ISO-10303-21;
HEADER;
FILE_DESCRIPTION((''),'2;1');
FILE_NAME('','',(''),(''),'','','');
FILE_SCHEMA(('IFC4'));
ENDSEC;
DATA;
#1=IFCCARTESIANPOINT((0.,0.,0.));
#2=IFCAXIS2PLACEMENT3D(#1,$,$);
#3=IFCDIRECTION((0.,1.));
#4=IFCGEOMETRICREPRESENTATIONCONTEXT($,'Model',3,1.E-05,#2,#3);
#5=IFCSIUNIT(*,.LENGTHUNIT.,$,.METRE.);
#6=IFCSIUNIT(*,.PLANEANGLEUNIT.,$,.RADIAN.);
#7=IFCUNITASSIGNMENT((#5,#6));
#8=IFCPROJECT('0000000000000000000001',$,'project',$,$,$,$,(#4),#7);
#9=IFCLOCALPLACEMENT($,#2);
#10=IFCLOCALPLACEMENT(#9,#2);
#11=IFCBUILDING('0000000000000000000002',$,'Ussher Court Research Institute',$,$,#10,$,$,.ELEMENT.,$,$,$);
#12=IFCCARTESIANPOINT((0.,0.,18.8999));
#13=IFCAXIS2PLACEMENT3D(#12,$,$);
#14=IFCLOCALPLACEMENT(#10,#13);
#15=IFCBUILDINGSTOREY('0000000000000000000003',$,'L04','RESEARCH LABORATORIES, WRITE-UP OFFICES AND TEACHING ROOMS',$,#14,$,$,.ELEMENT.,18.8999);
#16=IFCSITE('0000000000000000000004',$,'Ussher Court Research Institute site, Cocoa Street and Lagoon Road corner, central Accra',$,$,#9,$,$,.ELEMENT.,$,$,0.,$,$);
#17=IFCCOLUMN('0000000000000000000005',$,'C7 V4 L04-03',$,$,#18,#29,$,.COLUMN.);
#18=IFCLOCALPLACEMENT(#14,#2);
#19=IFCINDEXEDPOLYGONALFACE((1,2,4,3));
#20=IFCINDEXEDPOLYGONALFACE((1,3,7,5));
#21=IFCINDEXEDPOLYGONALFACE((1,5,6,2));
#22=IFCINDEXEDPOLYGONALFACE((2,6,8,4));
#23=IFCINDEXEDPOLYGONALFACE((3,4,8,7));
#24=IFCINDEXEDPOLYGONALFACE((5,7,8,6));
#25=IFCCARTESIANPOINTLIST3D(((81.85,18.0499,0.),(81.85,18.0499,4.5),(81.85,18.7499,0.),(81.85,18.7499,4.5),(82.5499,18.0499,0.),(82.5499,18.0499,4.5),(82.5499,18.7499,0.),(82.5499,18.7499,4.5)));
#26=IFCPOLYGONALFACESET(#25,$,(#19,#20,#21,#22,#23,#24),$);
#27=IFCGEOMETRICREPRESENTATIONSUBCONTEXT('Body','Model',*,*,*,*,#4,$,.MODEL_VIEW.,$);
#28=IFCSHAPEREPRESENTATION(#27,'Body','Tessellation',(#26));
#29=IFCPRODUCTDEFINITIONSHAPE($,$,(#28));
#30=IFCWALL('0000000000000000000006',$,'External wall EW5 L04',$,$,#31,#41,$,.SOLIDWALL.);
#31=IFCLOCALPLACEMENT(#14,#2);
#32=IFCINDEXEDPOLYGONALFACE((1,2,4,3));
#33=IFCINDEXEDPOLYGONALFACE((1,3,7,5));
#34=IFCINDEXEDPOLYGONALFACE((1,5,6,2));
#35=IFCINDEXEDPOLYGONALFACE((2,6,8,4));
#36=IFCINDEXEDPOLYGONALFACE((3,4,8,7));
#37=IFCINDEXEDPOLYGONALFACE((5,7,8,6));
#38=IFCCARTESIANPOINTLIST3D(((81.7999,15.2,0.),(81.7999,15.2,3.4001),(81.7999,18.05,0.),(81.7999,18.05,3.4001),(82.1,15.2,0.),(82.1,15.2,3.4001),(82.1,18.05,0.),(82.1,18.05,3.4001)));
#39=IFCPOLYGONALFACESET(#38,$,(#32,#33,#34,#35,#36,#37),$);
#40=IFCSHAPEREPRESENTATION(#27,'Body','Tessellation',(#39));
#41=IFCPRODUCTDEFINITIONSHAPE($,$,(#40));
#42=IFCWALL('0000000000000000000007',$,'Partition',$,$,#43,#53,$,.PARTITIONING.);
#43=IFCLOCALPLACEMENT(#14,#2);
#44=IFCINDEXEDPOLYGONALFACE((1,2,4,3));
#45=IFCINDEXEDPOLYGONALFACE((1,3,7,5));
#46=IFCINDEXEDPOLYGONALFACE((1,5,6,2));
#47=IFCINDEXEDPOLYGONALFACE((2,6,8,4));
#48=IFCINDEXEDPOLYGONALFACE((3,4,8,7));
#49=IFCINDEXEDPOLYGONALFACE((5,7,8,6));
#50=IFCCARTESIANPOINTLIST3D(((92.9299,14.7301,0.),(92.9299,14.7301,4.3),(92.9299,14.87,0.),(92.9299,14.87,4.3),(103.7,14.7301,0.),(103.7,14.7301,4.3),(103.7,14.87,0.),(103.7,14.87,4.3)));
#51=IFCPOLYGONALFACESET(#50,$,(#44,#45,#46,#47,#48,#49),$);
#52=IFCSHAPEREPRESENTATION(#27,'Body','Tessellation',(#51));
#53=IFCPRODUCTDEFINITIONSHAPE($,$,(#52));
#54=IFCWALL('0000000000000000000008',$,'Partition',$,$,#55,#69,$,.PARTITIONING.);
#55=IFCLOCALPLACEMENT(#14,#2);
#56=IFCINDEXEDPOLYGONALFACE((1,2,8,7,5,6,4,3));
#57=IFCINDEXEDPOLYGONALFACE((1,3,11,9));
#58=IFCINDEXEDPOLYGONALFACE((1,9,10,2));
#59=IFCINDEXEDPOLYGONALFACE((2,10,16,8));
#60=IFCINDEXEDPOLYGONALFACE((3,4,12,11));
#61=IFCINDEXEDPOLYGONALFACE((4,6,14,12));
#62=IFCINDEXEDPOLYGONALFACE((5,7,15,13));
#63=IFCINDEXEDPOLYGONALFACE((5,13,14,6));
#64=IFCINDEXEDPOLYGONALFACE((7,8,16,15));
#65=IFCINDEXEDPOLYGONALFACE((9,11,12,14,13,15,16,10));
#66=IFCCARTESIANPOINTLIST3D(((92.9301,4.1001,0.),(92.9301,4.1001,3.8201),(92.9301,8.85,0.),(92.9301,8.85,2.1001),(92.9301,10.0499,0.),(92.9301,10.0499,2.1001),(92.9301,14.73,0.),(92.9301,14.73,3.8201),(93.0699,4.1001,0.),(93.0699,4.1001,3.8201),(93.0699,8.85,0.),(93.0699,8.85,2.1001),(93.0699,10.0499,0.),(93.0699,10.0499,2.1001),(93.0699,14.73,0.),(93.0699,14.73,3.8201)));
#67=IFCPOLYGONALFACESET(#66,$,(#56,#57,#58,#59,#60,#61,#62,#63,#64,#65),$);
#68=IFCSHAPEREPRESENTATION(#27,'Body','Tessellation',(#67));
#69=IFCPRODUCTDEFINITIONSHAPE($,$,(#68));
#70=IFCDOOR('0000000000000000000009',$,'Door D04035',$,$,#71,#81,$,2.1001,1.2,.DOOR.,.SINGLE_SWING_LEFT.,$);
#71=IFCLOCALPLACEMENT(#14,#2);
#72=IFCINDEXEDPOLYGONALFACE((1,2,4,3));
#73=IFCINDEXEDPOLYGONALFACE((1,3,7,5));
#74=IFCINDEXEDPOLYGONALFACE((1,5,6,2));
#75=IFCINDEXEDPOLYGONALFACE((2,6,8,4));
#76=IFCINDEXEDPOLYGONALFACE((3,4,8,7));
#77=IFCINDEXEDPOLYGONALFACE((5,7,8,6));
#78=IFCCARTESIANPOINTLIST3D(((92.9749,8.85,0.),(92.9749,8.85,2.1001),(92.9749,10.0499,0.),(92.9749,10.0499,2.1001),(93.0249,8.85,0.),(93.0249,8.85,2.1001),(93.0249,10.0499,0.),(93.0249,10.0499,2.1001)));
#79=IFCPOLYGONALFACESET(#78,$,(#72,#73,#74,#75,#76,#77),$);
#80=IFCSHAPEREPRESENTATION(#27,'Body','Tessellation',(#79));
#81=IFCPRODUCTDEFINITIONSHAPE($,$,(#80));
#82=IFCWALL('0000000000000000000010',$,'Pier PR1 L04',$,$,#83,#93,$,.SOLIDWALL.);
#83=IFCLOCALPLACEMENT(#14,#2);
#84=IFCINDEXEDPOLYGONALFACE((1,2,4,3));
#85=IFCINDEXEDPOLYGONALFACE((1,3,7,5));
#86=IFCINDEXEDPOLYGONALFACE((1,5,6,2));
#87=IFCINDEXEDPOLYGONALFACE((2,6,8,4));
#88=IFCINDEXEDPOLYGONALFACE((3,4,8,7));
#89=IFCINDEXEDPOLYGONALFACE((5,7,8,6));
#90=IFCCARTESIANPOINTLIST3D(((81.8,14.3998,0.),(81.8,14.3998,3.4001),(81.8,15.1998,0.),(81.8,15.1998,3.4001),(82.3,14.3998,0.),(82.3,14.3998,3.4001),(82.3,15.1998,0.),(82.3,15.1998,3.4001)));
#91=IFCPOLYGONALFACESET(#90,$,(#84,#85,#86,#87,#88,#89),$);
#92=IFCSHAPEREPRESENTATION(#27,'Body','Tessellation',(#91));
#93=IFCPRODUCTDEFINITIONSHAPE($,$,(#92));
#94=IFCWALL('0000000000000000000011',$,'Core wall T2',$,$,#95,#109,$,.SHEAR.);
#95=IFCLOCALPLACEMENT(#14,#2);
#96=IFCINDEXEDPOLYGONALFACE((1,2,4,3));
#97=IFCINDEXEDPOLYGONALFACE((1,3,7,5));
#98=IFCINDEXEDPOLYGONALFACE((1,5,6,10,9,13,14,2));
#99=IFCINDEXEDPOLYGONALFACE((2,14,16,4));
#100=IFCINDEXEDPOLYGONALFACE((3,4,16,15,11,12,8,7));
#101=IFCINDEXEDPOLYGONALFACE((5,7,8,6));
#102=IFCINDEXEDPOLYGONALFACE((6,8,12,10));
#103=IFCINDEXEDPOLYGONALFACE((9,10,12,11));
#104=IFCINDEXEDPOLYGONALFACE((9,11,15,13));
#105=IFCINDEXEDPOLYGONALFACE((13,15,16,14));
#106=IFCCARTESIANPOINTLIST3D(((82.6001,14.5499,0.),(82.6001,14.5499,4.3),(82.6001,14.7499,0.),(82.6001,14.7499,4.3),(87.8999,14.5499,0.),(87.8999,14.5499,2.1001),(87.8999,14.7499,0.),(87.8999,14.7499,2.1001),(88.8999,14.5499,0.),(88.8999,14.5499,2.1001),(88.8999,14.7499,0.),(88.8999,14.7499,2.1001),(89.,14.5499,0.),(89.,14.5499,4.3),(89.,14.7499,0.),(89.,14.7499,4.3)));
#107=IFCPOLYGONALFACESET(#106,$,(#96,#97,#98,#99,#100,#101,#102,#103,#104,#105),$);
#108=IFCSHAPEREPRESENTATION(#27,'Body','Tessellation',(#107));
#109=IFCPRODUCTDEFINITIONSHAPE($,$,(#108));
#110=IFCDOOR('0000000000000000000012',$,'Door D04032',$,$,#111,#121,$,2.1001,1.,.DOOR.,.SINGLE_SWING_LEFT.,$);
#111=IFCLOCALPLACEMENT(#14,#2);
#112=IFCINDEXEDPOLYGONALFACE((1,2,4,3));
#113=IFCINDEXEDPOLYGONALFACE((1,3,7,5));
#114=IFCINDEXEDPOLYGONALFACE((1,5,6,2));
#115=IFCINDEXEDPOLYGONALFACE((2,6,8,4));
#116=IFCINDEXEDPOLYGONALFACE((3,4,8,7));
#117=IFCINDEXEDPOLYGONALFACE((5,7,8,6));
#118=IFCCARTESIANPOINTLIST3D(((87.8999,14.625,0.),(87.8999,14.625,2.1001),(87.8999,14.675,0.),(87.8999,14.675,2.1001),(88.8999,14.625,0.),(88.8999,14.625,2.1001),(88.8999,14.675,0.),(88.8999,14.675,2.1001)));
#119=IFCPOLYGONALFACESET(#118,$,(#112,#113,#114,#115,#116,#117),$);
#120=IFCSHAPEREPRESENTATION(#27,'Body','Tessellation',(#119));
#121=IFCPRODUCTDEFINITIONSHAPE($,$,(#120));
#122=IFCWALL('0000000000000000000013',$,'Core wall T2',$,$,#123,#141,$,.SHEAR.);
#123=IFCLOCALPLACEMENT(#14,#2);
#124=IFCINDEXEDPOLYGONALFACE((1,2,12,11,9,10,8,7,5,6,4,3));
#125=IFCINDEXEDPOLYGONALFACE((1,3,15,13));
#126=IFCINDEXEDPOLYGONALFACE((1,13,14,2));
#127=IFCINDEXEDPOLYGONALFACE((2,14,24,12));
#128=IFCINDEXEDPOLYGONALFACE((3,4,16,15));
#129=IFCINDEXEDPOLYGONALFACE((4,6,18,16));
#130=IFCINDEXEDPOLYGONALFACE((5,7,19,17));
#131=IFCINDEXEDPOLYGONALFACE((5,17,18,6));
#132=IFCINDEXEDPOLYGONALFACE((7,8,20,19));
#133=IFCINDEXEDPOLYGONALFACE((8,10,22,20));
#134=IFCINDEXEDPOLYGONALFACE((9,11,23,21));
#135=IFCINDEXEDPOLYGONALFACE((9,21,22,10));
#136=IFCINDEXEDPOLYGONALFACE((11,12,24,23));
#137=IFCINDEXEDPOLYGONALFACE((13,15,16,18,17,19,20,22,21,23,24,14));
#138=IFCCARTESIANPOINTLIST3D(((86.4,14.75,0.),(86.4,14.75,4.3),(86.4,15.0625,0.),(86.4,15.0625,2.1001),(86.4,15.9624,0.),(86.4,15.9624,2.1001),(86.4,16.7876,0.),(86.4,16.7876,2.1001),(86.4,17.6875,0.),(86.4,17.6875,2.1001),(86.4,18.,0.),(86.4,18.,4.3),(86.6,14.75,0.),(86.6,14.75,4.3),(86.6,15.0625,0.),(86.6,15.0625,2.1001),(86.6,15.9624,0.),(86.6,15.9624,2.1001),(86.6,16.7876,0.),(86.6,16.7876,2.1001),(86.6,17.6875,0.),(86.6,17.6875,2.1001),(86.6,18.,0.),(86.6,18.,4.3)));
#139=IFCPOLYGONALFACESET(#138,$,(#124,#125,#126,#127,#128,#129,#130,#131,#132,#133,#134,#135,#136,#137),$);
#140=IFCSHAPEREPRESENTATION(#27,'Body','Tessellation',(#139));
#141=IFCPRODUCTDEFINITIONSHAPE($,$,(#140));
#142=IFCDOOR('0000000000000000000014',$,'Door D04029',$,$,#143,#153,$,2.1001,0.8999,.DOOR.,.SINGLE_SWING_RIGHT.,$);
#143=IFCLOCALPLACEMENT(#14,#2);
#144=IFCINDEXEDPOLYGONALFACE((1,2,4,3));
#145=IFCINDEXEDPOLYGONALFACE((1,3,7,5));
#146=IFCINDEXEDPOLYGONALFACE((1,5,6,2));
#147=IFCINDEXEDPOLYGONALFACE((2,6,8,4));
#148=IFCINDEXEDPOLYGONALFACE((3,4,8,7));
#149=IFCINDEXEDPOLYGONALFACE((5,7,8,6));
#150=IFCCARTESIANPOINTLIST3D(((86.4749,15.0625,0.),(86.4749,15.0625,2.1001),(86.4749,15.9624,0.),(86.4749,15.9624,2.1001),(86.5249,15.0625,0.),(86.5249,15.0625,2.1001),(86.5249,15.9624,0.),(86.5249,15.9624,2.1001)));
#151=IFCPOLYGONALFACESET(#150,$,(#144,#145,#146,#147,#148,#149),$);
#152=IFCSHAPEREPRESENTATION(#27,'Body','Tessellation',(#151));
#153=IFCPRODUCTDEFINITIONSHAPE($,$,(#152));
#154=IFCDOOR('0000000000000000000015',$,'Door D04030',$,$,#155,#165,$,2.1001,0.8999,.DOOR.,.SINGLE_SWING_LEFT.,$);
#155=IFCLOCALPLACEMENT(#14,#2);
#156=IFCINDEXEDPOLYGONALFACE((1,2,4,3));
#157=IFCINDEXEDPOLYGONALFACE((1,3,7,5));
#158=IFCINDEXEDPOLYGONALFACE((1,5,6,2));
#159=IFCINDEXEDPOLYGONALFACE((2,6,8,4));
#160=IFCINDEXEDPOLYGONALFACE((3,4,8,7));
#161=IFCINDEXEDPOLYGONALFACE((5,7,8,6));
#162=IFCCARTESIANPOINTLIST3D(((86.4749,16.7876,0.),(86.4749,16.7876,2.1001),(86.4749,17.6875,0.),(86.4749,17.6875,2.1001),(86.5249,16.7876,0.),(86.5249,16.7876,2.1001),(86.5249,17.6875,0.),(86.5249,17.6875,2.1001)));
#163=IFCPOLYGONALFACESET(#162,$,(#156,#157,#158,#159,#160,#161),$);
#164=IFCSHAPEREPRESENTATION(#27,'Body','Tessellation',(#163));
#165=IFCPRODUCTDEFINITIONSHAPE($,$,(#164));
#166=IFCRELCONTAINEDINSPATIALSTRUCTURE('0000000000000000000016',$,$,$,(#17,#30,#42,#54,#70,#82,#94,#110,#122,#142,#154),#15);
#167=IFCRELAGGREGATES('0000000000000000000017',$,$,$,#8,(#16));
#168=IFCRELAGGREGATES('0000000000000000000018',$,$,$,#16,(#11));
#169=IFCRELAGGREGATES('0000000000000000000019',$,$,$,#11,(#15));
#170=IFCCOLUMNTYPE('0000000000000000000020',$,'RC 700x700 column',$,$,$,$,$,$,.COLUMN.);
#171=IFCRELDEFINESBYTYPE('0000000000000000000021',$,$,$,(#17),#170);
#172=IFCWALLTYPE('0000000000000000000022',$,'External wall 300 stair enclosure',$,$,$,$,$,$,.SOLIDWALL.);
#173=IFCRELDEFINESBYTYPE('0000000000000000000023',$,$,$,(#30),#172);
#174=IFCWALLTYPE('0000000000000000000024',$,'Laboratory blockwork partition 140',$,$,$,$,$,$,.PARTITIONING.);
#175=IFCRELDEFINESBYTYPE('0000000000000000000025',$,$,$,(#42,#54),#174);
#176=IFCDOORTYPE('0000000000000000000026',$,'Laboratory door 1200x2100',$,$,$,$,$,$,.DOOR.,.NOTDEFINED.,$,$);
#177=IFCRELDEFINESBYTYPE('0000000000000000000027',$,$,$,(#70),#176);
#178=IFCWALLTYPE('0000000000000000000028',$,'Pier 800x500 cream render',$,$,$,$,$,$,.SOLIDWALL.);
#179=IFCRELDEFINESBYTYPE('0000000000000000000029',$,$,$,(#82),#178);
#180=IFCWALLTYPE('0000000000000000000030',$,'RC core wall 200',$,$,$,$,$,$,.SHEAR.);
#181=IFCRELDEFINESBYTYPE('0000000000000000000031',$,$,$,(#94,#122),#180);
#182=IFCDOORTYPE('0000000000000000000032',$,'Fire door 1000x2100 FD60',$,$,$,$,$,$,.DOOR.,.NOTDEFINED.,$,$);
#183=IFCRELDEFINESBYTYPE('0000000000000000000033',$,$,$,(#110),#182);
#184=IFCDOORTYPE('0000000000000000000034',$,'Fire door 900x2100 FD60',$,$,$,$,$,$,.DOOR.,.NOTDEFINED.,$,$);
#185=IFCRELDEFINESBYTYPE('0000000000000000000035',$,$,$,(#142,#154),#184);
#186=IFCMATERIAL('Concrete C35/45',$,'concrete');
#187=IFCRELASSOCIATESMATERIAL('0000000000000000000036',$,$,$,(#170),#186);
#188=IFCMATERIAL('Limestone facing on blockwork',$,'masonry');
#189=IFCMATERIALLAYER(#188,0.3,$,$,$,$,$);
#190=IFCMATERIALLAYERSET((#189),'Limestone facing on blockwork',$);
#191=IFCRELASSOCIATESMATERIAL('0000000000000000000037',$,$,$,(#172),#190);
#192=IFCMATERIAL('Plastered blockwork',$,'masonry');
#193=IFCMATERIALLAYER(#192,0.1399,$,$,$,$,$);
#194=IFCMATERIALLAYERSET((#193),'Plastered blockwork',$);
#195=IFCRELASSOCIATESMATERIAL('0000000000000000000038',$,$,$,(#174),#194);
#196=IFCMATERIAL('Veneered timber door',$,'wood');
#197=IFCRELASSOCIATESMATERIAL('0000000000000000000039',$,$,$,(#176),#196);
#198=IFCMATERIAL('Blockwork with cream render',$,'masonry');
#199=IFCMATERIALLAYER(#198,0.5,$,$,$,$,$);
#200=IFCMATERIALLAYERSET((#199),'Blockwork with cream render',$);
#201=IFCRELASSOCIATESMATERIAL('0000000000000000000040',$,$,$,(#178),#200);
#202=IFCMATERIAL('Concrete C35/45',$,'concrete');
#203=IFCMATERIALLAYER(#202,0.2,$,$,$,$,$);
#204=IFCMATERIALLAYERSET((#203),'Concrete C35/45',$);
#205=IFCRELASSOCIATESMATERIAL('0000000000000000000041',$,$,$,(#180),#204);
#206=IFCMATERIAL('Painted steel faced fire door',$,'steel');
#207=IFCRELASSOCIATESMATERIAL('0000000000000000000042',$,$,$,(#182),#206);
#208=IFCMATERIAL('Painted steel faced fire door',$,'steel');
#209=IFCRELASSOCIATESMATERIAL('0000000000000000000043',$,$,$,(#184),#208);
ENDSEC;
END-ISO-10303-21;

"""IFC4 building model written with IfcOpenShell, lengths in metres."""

from ifc_helpers import new_model, si_unit, direction, frame, frame_2d, origin, origin_2d, place, context, subcontext, project, spatial, rectangle, extrude, material, layer, layer_set, material_profile, profile_set, type_object, element, fill, save


model = new_model("IFC4")

# Units and contexts
model_context = context("Model", 3, precision=1e-05, world=origin(), true_north=direction((0.0, 1.0)))
body_context = subcontext(model_context, "Body", "Model", "MODEL_VIEW")
ifc_project = project(units=[si_unit("LENGTHUNIT", "METRE"), si_unit("PLANEANGLEUNIT", "RADIAN")], contexts=[model_context])

# Site, building, storey
site_placement = place(None, origin())
site = spatial("IfcSite", under=ifc_project, at=site_placement, Name="Ussher Court Research Institute site, Cocoa Street and Lagoon Road corner, central Accra", CompositionType="ELEMENT", RefElevation=0.0)
building_placement = place(site_placement, origin())
building = spatial("IfcBuilding", under=site, at=building_placement, Name="Ussher Court Research Institute", CompositionType="ELEMENT")
storey_placement = place(building_placement, frame((0.0, 0.0, 18.8999)))
storey = spatial("IfcBuildingStorey", under=building, at=storey_placement, Name="L04", Description="RESEARCH LABORATORIES, WRITE-UP OFFICES AND TEACHING ROOMS", CompositionType="ELEMENT", Elevation=18.8999)

# Column
ifc_material_1 = material(Name="Concrete C35/45", Category="concrete")
ifc_material_profile = material_profile(ifc_material_1, rectangle(XDim=0.7, YDim=0.7, at=origin_2d()), Name="RC 700x700")
ifc_profile_set = profile_set([ifc_material_profile], Name="Concrete C35/45")
column_type = type_object("IfcColumnType", Name="RC 700x700 column", PredefinedType="COLUMN", material=ifc_profile_set)
column_placement = place(storey_placement, frame((82.2, 18.3999, 0.0), z_axis=(0.0, 0.0, 1.0), x_axis=(1.0, 0.0, 0.0)))
element("IfcColumn", 1, at=column_placement, inside=storey, type_object=column_type, Name="C7 V4 L04-03", PredefinedType="COLUMN", context=body_context, shape_type="SweptSolid", body=[
    extrude(rectangle(XDim=0.7, YDim=0.7, at=origin_2d()), origin(), (0.0, 0.0, 1.0), 4.5),
])

# Walls
ifc_material_2 = material(Name="Limestone facing on blockwork", Category="masonry")
ifc_layer_1 = layer(ifc_material_2, 0.3)
ifc_layer_set_1 = layer_set([ifc_layer_1], Name="Limestone facing on blockwork")
wall_type_1 = type_object("IfcWallType", Name="External wall 300 stair enclosure", PredefinedType="SOLIDWALL", material=ifc_layer_set_1)
wall_1_placement = place(storey_placement, frame((81.95, 15.2, 0.0), z_axis=(0.0, 0.0, 1.0), x_axis=(0.0, 1.0, 0.0)))
element("IfcWall", 2, at=wall_1_placement, inside=storey, type_object=wall_type_1, Name="External wall EW5 L04", PredefinedType="SOLIDWALL", context=body_context, shape_type="SweptSolid", body=[
    extrude(rectangle(XDim=2.8501, YDim=0.3, at=frame_2d((1.425, 0.0))), origin(), (0.0, 0.0, 1.0), 3.4001),
])
ifc_material_3 = material(Name="Plastered blockwork", Category="masonry")
ifc_layer_2 = layer(ifc_material_3, 0.1399)
ifc_layer_set_2 = layer_set([ifc_layer_2], Name="Plastered blockwork")
wall_type_2 = type_object("IfcWallType", Name="Laboratory blockwork partition 140", PredefinedType="PARTITIONING", material=ifc_layer_set_2)
wall_2_placement = place(storey_placement, frame((92.9299, 14.8, 0.0), z_axis=(0.0, 0.0, 1.0), x_axis=(1.0, 0.0, 0.0)))
element("IfcWall", 3, at=wall_2_placement, inside=storey, type_object=wall_type_2, Name="Partition", PredefinedType="PARTITIONING", context=body_context, shape_type="SweptSolid", body=[
    extrude(rectangle(XDim=10.77, YDim=0.1399, at=frame_2d((5.385, 0.0))), origin(), (0.0, 0.0, 1.0), 4.3),
])

# Wall, opening, door
wall_3_placement = place(storey_placement, frame((93.0, 14.73, 0.0), z_axis=(0.0, 0.0, 1.0), x_axis=(0.0, -1.0, 0.0)))
wall_3 = element("IfcWall", 4, at=wall_3_placement, inside=storey, type_object=wall_type_2, Name="Partition", PredefinedType="PARTITIONING", context=body_context, shape_type="SweptSolid", body=[
    extrude(rectangle(XDim=10.6299, YDim=0.1399, at=frame_2d((5.3149, 0.0))), origin(), (0.0, 0.0, 1.0), 3.8201),
])
opening_1_placement = place(wall_3_placement, frame((4.6799, 0.0, 0.0)))
opening_1 = element("IfcOpeningElement", 5, at=opening_1_placement, cuts=wall_3, PredefinedType="OPENING", context=body_context, shape_type="SweptSolid", body=[
    extrude(rectangle(XDim=1.2, YDim=2.1001, at=frame_2d((0.6001, 1.05))), frame((0.0, 0.0801, 0.0), z_axis=(0.0, -1.0, 0.0), x_axis=(1.0, 0.0, 0.0)), (0.0, 0.0, 1.0), 0.1599),
])
ifc_material_4 = material(Name="Veneered timber door", Category="wood")
door_type_1 = type_object("IfcDoorType", Name="Laboratory door 1200x2100", OperationType="NOTDEFINED", PredefinedType="DOOR", material=ifc_material_4)
door_1_placement = place(opening_1_placement, origin())
door_1 = element("IfcDoor", 6, at=door_1_placement, inside=storey, type_object=door_type_1, Name="Door D04035", OperationType="SINGLE_SWING_LEFT", OverallHeight=2.1001, OverallWidth=1.2, PredefinedType="DOOR", context=body_context, shape_type="SweptSolid", body=[
    extrude(rectangle(XDim=1.2, YDim=2.1001, at=frame_2d((0.6001, 1.05))), frame((0.0, 0.0249, 0.0), z_axis=(0.0, -1.0, 0.0), x_axis=(1.0, 0.0, 0.0)), (0.0, 0.0, 1.0), 0.05),
])
fill(opening_1, door_1)

# Wall
ifc_material_5 = material(Name="Blockwork with cream render", Category="masonry")
ifc_layer_3 = layer(ifc_material_5, 0.5)
ifc_layer_set_3 = layer_set([ifc_layer_3], Name="Blockwork with cream render")
wall_type_3 = type_object("IfcWallType", Name="Pier 800x500 cream render", PredefinedType="SOLIDWALL", material=ifc_layer_set_3)
wall_4_placement = place(storey_placement, frame((82.05, 14.3999, 0.0), z_axis=(0.0, 0.0, 1.0), x_axis=(0.0, 1.0, 0.0)))
element("IfcWall", 7, at=wall_4_placement, inside=storey, type_object=wall_type_3, Name="Pier PR1 L04", PredefinedType="SOLIDWALL", context=body_context, shape_type="SweptSolid", body=[
    extrude(rectangle(XDim=0.8, YDim=0.5, at=frame_2d((0.3999, 0.0))), origin(), (0.0, 0.0, 1.0), 3.4001),
])

# Wall, opening, door
ifc_material_6 = material(Name="Concrete C35/45", Category="concrete")
ifc_layer_4 = layer(ifc_material_6, 0.2)
ifc_layer_set_4 = layer_set([ifc_layer_4], Name="Concrete C35/45")
wall_type_4 = type_object("IfcWallType", Name="RC core wall 200", PredefinedType="SHEAR", material=ifc_layer_set_4)
wall_5_placement = place(storey_placement, frame((89.0, 14.6499, 0.0), z_axis=(0.0, 0.0, 1.0), x_axis=(-1.0, 0.0, 0.0)))
wall_5 = element("IfcWall", 8, at=wall_5_placement, inside=storey, type_object=wall_type_4, Name="Core wall T2", PredefinedType="SHEAR", context=body_context, shape_type="SweptSolid", body=[
    extrude(rectangle(XDim=6.3999, YDim=0.2, at=frame_2d((3.2, 0.0))), origin(), (0.0, 0.0, 1.0), 4.3),
])
opening_2_placement = place(wall_5_placement, frame((0.1001, 0.0, 0.0)))
opening_2 = element("IfcOpeningElement", 9, at=opening_2_placement, cuts=wall_5, PredefinedType="OPENING", context=body_context, shape_type="SweptSolid", body=[
    extrude(rectangle(XDim=1.0, YDim=2.1001, at=frame_2d((0.5, 1.05))), frame((0.0, 0.1099, 0.0), z_axis=(0.0, -1.0, 0.0), x_axis=(1.0, 0.0, 0.0)), (0.0, 0.0, 1.0), 0.22),
])
ifc_material_7 = material(Name="Painted steel faced fire door", Category="steel")
door_type_2 = type_object("IfcDoorType", Name="Fire door 1000x2100 FD60", OperationType="NOTDEFINED", PredefinedType="DOOR", material=ifc_material_7)
door_2_placement = place(opening_2_placement, origin())
door_2 = element("IfcDoor", 10, at=door_2_placement, inside=storey, type_object=door_type_2, Name="Door D04032", OperationType="SINGLE_SWING_LEFT", OverallHeight=2.1001, OverallWidth=1.0, PredefinedType="DOOR", context=body_context, shape_type="SweptSolid", body=[
    extrude(rectangle(XDim=1.0, YDim=2.1001, at=frame_2d((0.5, 1.05))), frame((0.0, 0.0249, 0.0), z_axis=(0.0, -1.0, 0.0), x_axis=(1.0, 0.0, 0.0)), (0.0, 0.0, 1.0), 0.05),
])
fill(opening_2, door_2)

# Wall, openings, doors
wall_6_placement = place(storey_placement, frame((86.5, 18.0, 0.0), z_axis=(0.0, 0.0, 1.0), x_axis=(0.0, -1.0, 0.0)))
wall_6 = element("IfcWall", 11, at=wall_6_placement, inside=storey, type_object=wall_type_4, Name="Core wall T2", PredefinedType="SHEAR", context=body_context, shape_type="SweptSolid", body=[
    extrude(rectangle(XDim=3.25, YDim=0.2, at=frame_2d((1.625, 0.0))), origin(), (0.0, 0.0, 1.0), 4.3),
])
opening_3_placement = place(wall_6_placement, frame((2.0376, 0.0, 0.0)))
opening_3 = element("IfcOpeningElement", 12, at=opening_3_placement, cuts=wall_6, PredefinedType="OPENING", context=body_context, shape_type="SweptSolid", body=[
    extrude(rectangle(XDim=0.8999, YDim=2.1001, at=frame_2d((0.45, 1.05))), frame((0.0, 0.1099, 0.0), z_axis=(0.0, -1.0, 0.0), x_axis=(1.0, 0.0, 0.0)), (0.0, 0.0, 1.0), 0.22),
])
opening_4_placement = place(wall_6_placement, frame((0.3125, 0.0, 0.0)))
opening_4 = element("IfcOpeningElement", 13, at=opening_4_placement, cuts=wall_6, PredefinedType="OPENING", context=body_context, shape_type="SweptSolid", body=[
    extrude(rectangle(XDim=0.8999, YDim=2.1001, at=frame_2d((0.45, 1.05))), frame((0.0, 0.1099, 0.0), z_axis=(0.0, -1.0, 0.0), x_axis=(1.0, 0.0, 0.0)), (0.0, 0.0, 1.0), 0.22),
])
ifc_material_8 = material(Name="Painted steel faced fire door", Category="steel")
door_type_3 = type_object("IfcDoorType", Name="Fire door 900x2100 FD60", OperationType="NOTDEFINED", PredefinedType="DOOR", material=ifc_material_8)
door_3_placement = place(opening_3_placement, origin())
door_3 = element("IfcDoor", 14, at=door_3_placement, inside=storey, type_object=door_type_3, Name="Door D04029", OperationType="SINGLE_SWING_RIGHT", OverallHeight=2.1001, OverallWidth=0.8999, PredefinedType="DOOR", context=body_context, shape_type="SweptSolid", body=[
    extrude(rectangle(XDim=0.8999, YDim=2.1001, at=frame_2d((0.45, 1.05))), frame((0.0, 0.0249, 0.0), z_axis=(0.0, -1.0, 0.0), x_axis=(1.0, 0.0, 0.0)), (0.0, 0.0, 1.0), 0.05),
])
fill(opening_3, door_3)
door_4_placement = place(opening_4_placement, origin())
door_4 = element("IfcDoor", 15, at=door_4_placement, inside=storey, type_object=door_type_3, Name="Door D04030", OperationType="SINGLE_SWING_LEFT", OverallHeight=2.1001, OverallWidth=0.8999, PredefinedType="DOOR", context=body_context, shape_type="SweptSolid", body=[
    extrude(rectangle(XDim=0.8999, YDim=2.1001, at=frame_2d((0.45, 1.05))), frame((0.0, 0.0249, 0.0), z_axis=(0.0, -1.0, 0.0), x_axis=(1.0, 0.0, 0.0)), (0.0, 0.0, 1.0), 0.05),
])
fill(opening_4, door_4)

save(model, "model.ifc")
